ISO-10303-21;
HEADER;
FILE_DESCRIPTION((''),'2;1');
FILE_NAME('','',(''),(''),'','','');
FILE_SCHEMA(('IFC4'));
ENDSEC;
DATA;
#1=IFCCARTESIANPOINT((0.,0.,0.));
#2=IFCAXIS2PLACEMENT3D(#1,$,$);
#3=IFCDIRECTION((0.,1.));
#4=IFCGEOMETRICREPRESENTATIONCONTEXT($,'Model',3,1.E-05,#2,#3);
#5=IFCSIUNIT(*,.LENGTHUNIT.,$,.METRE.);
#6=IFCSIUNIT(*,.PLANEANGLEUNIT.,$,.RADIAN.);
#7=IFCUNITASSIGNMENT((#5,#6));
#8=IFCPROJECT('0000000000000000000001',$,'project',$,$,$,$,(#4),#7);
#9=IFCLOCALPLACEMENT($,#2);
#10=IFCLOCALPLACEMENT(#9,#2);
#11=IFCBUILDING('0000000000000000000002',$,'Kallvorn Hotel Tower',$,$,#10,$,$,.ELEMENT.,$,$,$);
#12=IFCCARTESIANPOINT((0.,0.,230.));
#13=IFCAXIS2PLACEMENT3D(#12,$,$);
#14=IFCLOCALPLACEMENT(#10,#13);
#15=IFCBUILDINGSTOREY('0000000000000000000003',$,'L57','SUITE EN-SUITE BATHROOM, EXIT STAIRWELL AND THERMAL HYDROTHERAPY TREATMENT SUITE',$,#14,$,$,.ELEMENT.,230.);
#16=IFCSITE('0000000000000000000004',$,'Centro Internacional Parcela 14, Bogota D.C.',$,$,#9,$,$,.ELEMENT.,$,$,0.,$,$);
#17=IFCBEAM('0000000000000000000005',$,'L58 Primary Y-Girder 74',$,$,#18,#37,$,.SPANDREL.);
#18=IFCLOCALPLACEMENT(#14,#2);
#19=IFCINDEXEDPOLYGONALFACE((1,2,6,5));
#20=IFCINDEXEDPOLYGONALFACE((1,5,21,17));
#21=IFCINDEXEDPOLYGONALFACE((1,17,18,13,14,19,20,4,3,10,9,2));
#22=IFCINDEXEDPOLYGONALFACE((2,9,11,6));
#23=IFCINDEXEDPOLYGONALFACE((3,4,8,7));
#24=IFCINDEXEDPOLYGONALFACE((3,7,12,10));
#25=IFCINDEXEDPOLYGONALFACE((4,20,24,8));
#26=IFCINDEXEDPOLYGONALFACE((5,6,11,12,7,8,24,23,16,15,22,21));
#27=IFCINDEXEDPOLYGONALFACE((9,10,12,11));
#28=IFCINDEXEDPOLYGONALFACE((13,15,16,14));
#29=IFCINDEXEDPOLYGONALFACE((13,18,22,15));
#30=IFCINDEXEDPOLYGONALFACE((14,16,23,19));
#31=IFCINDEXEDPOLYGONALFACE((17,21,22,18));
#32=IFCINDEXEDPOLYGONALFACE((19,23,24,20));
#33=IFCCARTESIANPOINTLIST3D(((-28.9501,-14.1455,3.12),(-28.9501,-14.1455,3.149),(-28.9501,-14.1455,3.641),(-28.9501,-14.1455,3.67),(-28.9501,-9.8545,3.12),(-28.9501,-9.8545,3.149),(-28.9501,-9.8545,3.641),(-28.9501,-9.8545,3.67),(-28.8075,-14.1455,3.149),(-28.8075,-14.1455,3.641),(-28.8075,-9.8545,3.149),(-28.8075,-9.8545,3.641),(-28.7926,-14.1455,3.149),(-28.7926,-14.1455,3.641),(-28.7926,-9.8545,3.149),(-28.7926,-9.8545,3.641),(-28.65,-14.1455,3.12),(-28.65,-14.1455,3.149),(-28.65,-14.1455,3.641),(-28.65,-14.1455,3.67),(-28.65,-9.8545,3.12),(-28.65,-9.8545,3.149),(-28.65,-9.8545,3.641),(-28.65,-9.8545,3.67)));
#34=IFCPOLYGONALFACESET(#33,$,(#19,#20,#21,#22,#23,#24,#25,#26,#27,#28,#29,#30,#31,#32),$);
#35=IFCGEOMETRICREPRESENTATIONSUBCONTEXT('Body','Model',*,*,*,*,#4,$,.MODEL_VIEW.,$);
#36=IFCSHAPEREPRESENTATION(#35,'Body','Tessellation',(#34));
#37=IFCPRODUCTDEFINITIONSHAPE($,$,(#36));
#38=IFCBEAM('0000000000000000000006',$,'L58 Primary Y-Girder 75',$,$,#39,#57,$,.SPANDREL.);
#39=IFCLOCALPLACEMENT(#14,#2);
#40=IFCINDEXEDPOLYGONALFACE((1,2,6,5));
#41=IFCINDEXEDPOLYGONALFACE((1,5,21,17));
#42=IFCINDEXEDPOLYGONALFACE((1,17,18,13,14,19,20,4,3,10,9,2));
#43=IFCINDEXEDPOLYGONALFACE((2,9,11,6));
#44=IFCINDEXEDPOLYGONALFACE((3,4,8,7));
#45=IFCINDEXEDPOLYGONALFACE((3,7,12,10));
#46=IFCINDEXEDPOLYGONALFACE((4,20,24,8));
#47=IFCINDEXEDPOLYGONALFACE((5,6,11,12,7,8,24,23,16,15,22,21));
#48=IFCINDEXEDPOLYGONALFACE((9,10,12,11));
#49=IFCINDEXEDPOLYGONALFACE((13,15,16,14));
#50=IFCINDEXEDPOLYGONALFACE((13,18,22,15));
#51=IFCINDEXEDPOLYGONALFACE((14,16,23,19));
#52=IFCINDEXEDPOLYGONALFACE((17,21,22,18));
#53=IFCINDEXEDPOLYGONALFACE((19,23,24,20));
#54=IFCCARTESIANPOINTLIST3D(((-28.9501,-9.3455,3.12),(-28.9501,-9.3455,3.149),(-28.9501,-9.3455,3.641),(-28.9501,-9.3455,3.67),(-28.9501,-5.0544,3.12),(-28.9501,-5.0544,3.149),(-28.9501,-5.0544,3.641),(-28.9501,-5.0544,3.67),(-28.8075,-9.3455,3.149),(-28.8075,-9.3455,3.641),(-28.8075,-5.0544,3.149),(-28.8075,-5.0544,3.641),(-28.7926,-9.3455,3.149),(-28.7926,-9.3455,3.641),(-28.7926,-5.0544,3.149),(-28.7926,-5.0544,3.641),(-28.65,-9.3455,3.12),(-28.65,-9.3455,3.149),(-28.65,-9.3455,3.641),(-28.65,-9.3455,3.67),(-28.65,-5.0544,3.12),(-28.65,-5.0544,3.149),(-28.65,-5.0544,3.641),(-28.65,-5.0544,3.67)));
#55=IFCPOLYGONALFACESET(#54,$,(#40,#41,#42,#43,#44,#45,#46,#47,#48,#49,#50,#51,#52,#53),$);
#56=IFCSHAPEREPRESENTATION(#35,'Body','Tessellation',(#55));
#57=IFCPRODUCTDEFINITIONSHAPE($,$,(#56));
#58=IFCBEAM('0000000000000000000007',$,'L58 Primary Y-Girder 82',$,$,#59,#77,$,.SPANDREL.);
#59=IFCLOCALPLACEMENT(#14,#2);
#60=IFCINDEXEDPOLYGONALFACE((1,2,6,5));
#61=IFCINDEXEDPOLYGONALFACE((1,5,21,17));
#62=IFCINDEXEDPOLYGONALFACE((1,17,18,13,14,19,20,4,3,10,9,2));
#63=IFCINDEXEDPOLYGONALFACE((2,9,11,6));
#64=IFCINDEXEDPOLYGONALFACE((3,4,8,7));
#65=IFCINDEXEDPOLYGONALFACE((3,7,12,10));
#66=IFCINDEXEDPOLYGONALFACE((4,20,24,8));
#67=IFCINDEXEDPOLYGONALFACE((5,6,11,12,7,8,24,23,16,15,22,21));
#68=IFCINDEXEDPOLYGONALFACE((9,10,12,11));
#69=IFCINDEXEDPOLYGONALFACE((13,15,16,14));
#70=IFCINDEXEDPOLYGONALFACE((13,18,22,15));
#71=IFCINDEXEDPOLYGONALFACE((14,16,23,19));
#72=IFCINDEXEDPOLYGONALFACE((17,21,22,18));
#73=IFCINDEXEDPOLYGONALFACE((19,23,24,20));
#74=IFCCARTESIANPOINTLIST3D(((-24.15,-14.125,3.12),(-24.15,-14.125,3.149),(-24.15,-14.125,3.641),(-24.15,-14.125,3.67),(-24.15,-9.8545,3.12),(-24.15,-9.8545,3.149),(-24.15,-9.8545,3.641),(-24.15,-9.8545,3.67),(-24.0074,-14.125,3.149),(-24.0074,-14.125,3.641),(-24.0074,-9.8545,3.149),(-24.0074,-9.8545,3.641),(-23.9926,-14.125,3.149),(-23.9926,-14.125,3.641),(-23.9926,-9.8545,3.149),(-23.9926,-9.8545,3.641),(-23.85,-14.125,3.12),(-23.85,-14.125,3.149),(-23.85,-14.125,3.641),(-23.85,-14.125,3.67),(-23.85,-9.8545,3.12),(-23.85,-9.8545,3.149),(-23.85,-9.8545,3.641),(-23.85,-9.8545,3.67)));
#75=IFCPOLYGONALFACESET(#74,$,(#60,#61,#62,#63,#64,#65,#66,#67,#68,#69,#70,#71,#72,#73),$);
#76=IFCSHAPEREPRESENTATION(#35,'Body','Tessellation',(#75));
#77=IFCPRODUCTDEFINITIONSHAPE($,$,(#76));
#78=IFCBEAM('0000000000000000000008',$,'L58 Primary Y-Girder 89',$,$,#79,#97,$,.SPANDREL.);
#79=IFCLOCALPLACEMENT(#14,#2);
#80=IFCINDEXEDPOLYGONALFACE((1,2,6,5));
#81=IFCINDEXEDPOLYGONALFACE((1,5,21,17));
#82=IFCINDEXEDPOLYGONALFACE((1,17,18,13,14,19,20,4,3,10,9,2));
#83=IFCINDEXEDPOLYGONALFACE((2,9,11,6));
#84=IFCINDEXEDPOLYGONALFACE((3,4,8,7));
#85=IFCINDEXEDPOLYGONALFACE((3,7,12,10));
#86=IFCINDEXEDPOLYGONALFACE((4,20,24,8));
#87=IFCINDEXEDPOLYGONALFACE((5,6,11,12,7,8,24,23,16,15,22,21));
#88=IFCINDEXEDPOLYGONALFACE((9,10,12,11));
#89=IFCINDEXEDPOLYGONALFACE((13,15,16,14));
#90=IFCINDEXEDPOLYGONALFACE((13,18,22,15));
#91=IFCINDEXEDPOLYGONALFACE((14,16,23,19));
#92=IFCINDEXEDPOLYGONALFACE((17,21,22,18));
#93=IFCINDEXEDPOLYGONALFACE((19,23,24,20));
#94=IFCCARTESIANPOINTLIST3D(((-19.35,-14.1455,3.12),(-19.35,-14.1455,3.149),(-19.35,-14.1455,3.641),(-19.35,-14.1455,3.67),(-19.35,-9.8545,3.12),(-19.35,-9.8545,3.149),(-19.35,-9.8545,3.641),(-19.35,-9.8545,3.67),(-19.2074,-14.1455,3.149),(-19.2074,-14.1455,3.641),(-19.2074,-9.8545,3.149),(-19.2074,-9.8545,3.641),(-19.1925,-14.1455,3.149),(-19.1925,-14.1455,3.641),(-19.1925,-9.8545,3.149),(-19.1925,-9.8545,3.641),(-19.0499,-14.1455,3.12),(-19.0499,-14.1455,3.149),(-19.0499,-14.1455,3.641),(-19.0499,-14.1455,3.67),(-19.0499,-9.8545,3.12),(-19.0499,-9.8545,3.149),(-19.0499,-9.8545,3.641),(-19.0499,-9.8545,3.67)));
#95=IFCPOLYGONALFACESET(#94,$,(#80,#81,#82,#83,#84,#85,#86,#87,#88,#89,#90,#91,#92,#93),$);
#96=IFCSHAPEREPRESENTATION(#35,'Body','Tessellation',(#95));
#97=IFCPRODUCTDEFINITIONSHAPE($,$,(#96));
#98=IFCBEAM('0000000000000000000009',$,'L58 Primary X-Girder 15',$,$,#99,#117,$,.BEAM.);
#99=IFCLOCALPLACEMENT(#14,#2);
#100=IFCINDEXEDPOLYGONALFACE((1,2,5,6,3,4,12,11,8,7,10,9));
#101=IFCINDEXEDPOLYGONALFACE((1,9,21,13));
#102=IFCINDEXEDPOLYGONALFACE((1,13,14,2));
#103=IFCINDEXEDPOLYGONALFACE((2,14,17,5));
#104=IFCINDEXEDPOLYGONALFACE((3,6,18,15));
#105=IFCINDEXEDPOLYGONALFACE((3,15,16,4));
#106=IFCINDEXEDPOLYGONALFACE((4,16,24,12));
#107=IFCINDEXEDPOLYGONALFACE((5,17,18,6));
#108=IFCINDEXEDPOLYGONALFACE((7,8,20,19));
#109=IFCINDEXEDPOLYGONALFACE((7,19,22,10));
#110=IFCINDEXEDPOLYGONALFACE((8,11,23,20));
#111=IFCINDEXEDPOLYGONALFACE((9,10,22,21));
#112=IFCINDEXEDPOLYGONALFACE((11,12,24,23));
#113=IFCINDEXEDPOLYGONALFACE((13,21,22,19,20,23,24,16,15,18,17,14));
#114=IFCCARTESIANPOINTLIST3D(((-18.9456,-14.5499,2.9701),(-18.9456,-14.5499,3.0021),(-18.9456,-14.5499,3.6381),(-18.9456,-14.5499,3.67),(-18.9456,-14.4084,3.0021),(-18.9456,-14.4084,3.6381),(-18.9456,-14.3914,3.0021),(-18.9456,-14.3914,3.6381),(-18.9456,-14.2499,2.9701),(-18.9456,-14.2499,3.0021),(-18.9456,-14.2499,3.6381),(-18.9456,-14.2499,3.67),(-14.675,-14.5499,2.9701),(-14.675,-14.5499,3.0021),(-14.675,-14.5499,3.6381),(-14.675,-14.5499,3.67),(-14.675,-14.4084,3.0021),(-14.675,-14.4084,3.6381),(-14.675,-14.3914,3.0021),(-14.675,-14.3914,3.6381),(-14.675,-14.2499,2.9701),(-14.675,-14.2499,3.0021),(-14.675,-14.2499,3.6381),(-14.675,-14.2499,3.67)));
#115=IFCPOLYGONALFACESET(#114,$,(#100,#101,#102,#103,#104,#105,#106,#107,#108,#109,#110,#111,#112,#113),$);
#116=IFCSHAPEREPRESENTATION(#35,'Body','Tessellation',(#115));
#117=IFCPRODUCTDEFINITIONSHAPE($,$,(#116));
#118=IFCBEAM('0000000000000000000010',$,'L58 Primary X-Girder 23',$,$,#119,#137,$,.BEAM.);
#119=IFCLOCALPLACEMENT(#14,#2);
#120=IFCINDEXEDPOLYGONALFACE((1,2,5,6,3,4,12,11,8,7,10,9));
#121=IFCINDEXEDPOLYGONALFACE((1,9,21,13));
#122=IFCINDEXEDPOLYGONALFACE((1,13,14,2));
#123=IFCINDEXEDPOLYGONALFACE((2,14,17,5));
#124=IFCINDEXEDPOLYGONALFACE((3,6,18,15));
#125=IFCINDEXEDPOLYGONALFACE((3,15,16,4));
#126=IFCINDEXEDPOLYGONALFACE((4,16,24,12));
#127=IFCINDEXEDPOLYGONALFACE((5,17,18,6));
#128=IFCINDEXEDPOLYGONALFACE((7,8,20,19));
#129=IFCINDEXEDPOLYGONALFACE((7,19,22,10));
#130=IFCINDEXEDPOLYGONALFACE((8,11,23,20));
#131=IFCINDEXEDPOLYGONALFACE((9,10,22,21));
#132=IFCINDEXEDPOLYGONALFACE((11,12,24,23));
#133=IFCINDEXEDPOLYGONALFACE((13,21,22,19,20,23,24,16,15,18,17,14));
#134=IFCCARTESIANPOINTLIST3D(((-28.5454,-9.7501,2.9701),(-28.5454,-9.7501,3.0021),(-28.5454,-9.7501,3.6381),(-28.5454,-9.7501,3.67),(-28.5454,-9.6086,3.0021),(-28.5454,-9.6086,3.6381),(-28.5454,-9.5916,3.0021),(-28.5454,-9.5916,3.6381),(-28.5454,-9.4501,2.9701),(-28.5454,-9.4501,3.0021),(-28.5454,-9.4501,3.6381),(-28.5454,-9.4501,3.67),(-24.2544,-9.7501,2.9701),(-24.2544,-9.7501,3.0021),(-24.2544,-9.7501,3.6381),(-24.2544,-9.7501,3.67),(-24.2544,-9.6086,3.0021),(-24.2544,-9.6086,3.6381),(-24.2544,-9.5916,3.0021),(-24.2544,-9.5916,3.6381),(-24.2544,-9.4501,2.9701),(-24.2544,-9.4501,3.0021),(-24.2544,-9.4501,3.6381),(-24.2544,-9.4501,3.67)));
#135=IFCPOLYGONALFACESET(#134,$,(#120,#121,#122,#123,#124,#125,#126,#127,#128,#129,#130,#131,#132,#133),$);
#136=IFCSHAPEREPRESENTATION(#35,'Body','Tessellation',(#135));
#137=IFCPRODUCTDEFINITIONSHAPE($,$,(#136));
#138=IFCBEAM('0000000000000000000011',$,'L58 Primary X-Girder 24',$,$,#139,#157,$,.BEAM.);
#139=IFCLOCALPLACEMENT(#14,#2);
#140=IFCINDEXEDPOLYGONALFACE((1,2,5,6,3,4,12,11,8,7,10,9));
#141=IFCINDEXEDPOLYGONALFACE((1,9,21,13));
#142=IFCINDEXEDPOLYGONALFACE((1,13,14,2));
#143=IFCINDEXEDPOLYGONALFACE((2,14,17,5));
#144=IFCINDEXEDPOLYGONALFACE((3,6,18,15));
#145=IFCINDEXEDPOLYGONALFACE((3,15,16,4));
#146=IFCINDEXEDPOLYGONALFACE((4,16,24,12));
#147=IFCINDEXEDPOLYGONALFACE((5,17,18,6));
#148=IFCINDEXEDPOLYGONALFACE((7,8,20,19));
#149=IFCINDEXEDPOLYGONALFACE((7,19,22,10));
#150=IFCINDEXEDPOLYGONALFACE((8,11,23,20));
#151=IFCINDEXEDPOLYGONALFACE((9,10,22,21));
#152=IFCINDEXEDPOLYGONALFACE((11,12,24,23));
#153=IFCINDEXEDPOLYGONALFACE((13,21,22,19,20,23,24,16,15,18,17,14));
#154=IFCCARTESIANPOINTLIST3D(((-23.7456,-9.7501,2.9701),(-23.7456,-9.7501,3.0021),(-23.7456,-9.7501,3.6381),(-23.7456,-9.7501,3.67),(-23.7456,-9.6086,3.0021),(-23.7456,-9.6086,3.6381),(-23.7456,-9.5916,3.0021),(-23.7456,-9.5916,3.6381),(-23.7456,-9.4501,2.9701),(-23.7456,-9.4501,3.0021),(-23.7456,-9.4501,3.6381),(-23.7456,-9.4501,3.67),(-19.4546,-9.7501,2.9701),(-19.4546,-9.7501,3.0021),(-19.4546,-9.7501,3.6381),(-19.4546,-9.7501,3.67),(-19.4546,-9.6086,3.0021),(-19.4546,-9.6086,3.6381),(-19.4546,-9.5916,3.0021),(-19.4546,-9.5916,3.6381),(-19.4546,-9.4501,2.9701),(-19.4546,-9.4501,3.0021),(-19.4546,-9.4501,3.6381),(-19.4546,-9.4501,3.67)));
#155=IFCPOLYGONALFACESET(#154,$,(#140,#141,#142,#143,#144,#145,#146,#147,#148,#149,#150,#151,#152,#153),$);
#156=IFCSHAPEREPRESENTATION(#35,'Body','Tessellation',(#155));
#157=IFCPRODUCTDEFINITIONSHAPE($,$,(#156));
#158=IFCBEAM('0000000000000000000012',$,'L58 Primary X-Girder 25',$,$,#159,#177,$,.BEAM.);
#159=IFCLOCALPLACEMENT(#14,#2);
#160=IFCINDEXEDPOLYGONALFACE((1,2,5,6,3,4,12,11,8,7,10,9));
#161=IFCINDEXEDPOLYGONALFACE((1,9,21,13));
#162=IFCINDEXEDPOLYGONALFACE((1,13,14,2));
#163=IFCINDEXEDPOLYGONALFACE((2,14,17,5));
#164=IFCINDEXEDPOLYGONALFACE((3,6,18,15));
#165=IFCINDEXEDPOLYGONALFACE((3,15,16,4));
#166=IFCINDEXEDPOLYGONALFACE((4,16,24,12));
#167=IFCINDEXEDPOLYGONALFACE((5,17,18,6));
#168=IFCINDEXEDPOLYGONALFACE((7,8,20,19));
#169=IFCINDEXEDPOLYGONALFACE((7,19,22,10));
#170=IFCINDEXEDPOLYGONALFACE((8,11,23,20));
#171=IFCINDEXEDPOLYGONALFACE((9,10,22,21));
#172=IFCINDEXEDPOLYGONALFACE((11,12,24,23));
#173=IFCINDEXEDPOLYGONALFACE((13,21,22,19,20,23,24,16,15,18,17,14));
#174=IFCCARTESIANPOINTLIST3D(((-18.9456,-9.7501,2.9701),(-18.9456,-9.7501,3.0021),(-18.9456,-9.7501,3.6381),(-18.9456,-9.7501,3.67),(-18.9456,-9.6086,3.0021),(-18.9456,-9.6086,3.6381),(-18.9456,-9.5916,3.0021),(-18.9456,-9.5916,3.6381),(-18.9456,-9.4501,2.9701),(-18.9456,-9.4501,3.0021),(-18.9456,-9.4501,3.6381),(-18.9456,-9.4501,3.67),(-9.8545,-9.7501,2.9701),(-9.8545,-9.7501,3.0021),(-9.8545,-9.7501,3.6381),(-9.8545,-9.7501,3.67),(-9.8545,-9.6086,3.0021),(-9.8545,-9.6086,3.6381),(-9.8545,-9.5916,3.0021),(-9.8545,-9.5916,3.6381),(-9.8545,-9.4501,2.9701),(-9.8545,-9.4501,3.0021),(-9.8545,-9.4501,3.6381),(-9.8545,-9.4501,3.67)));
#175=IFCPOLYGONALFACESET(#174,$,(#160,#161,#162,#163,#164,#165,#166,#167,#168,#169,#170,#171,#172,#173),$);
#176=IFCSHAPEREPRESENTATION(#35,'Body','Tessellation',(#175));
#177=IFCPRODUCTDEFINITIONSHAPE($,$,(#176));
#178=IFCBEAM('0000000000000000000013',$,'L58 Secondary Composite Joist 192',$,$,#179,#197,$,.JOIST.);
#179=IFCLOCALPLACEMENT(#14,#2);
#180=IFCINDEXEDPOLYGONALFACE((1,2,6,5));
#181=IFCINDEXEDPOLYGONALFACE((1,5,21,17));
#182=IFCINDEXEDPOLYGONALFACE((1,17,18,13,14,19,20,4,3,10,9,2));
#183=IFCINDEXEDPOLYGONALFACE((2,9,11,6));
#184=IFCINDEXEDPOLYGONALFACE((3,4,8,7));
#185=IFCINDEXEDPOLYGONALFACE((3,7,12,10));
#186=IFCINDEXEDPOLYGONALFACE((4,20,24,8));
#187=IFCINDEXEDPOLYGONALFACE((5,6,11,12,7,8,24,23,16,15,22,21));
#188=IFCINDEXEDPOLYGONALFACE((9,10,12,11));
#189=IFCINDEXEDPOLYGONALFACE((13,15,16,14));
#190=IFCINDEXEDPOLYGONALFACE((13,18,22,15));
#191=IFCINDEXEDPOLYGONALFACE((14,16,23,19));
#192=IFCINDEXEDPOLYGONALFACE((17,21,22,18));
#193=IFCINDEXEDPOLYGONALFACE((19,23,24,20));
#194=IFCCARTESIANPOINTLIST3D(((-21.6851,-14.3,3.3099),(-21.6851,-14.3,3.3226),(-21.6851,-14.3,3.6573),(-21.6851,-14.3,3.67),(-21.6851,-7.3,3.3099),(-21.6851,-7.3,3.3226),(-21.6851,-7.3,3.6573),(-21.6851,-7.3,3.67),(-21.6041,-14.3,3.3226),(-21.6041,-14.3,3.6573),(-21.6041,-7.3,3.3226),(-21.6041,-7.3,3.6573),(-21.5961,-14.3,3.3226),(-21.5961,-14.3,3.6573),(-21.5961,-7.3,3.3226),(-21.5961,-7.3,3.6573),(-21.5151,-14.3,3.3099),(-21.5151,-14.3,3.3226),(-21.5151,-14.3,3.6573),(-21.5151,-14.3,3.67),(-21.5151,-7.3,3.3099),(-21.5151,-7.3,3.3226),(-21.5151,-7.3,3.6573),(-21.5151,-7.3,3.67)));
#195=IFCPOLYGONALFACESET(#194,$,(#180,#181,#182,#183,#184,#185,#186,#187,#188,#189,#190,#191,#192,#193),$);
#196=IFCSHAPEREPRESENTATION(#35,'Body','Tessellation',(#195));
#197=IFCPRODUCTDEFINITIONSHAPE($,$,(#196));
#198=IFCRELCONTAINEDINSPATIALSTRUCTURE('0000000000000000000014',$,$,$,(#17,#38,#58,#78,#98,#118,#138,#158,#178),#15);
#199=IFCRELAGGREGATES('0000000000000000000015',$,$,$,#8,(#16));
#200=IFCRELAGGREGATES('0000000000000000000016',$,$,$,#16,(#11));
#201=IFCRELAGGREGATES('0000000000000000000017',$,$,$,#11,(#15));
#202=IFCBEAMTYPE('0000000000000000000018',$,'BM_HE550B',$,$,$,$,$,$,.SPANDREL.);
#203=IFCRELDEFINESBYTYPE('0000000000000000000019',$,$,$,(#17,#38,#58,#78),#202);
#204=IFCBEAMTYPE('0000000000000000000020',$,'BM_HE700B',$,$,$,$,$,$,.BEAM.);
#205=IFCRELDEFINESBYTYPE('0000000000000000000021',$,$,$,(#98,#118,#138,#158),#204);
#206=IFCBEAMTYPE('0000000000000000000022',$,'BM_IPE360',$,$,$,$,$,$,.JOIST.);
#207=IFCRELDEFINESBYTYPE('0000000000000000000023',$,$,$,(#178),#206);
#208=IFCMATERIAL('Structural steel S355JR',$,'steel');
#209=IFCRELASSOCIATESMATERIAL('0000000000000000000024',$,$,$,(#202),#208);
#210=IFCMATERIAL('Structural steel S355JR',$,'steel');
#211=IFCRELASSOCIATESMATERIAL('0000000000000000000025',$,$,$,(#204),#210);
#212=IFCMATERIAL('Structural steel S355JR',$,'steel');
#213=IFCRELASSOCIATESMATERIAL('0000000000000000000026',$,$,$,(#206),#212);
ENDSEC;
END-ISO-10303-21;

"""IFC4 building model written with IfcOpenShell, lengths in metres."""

from ifc_helpers import new_model, si_unit, direction, frame, origin, origin_2d, place, context, subcontext, project, spatial, i_section, extrude, material, material_profile, profile_set, type_object, element, save


model = new_model("IFC4")

# Units and contexts
model_context = context("Model", 3, precision=1e-05, world=origin(), true_north=direction((0.0, 1.0)))
body_context = subcontext(model_context, "Body", "Model", "MODEL_VIEW")
ifc_project = project(units=[si_unit("LENGTHUNIT", "METRE"), si_unit("PLANEANGLEUNIT", "RADIAN")], contexts=[model_context])

# Site, building, storey
site_placement = place(None, origin())
site = spatial("IfcSite", under=ifc_project, at=site_placement, Name="Centro Internacional Parcela 14, Bogota D.C.", CompositionType="ELEMENT", RefElevation=0.0)
building_placement = place(site_placement, origin())
building = spatial("IfcBuilding", under=site, at=building_placement, Name="Kallvorn Hotel Tower", CompositionType="ELEMENT")
storey_placement = place(building_placement, frame((0.0, 0.0, 230.0)))
storey = spatial("IfcBuildingStorey", under=building, at=storey_placement, Name="L57", Description="SUITE EN-SUITE BATHROOM, EXIT STAIRWELL AND THERMAL HYDROTHERAPY TREATMENT SUITE", CompositionType="ELEMENT", Elevation=230.0)

# Beams
ifc_material_1 = material(Name="Structural steel S355JR", Category="steel")
ifc_material_profile_1 = material_profile(ifc_material_1, i_section(OverallWidth=0.3, OverallDepth=0.55, WebThickness=0.0149, FlangeThickness=0.0291, at=origin_2d()), Name="HE 550 B")
ifc_profile_set_1 = profile_set([ifc_material_profile_1], Name="Structural steel S355JR")
beam_type_1 = type_object("IfcBeamType", Name="BM_HE550B", PredefinedType="SPANDREL", material=ifc_profile_set_1)
for number, where, z_axis, x_axis, name in (
    (1, (-28.8, -14.1455, 3.395), (0.0, 1.0, 0.0), (-1.0, 0.0, 0.0), "L58 Primary Y-Girder 74"),
    (2, (-28.8, -9.3455, 3.395), (0.0, 1.0, 0.0), (-1.0, 0.0, 0.0), "L58 Primary Y-Girder 75"),
):
    element("IfcBeam", number, at=place(storey_placement, frame(where, z_axis=z_axis, x_axis=x_axis)), inside=storey, type_object=beam_type_1, Name=name, PredefinedType="SPANDREL", context=body_context, shape_type="SweptSolid", body=[
        extrude(i_section(OverallWidth=0.3, OverallDepth=0.55, WebThickness=0.0149, FlangeThickness=0.0291, at=origin_2d()), origin(), (0.0, 0.0, 1.0), 4.291),
    ])
beam_1_placement = place(storey_placement, frame((-24.0, -14.125, 3.395), z_axis=(0.0, 1.0, 0.0), x_axis=(-1.0, 0.0, 0.0)))
element("IfcBeam", 3, at=beam_1_placement, inside=storey, type_object=beam_type_1, Name="L58 Primary Y-Girder 82", PredefinedType="SPANDREL", context=body_context, shape_type="SweptSolid", body=[
    extrude(i_section(OverallWidth=0.3, OverallDepth=0.55, WebThickness=0.0149, FlangeThickness=0.0291, at=origin_2d()), origin(), (0.0, 0.0, 1.0), 4.2705),
])
beam_2_placement = place(storey_placement, frame((-19.2, -14.1455, 3.395), z_axis=(0.0, 1.0, 0.0), x_axis=(-1.0, 0.0, 0.0)))
element("IfcBeam", 4, at=beam_2_placement, inside=storey, type_object=beam_type_1, Name="L58 Primary Y-Girder 89", PredefinedType="SPANDREL", context=body_context, shape_type="SweptSolid", body=[
    extrude(i_section(OverallWidth=0.3, OverallDepth=0.55, WebThickness=0.0149, FlangeThickness=0.0291, at=origin_2d()), origin(), (0.0, 0.0, 1.0), 4.291),
])
ifc_material_2 = material(Name="Structural steel S355JR", Category="steel")
ifc_material_profile_2 = material_profile(ifc_material_2, i_section(OverallWidth=0.3, OverallDepth=0.7, WebThickness=0.0171, FlangeThickness=0.032, at=origin_2d()), Name="HE 700 B")
ifc_profile_set_2 = profile_set([ifc_material_profile_2], Name="Structural steel S355JR")
beam_type_2 = type_object("IfcBeamType", Name="BM_HE700B", PredefinedType="BEAM", material=ifc_profile_set_2)
beam_3_placement = place(storey_placement, frame((-18.9456, -14.3999, 3.3201), z_axis=(1.0, 0.0, 0.0), x_axis=(0.0, 1.0, 0.0)))
element("IfcBeam", 5, at=beam_3_placement, inside=storey, type_object=beam_type_2, Name="L58 Primary X-Girder 15", PredefinedType="BEAM", context=body_context, shape_type="SweptSolid", body=[
    extrude(i_section(OverallWidth=0.3, OverallDepth=0.7, WebThickness=0.0171, FlangeThickness=0.032, at=origin_2d()), origin(), (0.0, 0.0, 1.0), 4.2705),
])
for number, where, z_axis, x_axis, name in (
    (6, (-28.5454, -9.6001, 3.3201), (1.0, 0.0, 0.0), (0.0, 1.0, 0.0), "L58 Primary X-Girder 23"),
    (7, (-23.7456, -9.6001, 3.3201), (1.0, 0.0, 0.0), (0.0, 1.0, 0.0), "L58 Primary X-Girder 24"),
):
    element("IfcBeam", number, at=place(storey_placement, frame(where, z_axis=z_axis, x_axis=x_axis)), inside=storey, type_object=beam_type_2, Name=name, PredefinedType="BEAM", context=body_context, shape_type="SweptSolid", body=[
        extrude(i_section(OverallWidth=0.3, OverallDepth=0.7, WebThickness=0.0171, FlangeThickness=0.032, at=origin_2d()), origin(), (0.0, 0.0, 1.0), 4.291),
    ])
beam_4_placement = place(storey_placement, frame((-18.9456, -9.6001, 3.3201), z_axis=(1.0, 0.0, 0.0), x_axis=(0.0, 1.0, 0.0)))
element("IfcBeam", 8, at=beam_4_placement, inside=storey, type_object=beam_type_2, Name="L58 Primary X-Girder 25", PredefinedType="BEAM", context=body_context, shape_type="SweptSolid", body=[
    extrude(i_section(OverallWidth=0.3, OverallDepth=0.7, WebThickness=0.0171, FlangeThickness=0.032, at=origin_2d()), origin(), (0.0, 0.0, 1.0), 9.0911),
])
ifc_material_3 = material(Name="Structural steel S355JR", Category="steel")
ifc_material_profile_3 = material_profile(ifc_material_3, i_section(OverallWidth=0.1699, OverallDepth=0.3601, WebThickness=0.0081, FlangeThickness=0.0127, at=origin_2d()), Name="IPE 360")
ifc_profile_set_3 = profile_set([ifc_material_profile_3], Name="Structural steel S355JR")
beam_type_3 = type_object("IfcBeamType", Name="BM_IPE360", PredefinedType="JOIST", material=ifc_profile_set_3)
for number, where, z_axis, x_axis, name in (
    (9, (-21.6001, -14.3, 3.49), (0.0, 1.0, 0.0), (-1.0, 0.0, 0.0), "L58 Secondary Composite Joist 192"),
):
    element("IfcBeam", number, at=place(storey_placement, frame(where, z_axis=z_axis, x_axis=x_axis)), inside=storey, type_object=beam_type_3, Name=name, PredefinedType="JOIST", context=body_context, shape_type="SweptSolid", body=[
        extrude(i_section(OverallWidth=0.1699, OverallDepth=0.3601, WebThickness=0.0081, FlangeThickness=0.0127, at=origin_2d()), origin(), (0.0, 0.0, 1.0), 7.0),
    ])

save(model, "model.ifc")
